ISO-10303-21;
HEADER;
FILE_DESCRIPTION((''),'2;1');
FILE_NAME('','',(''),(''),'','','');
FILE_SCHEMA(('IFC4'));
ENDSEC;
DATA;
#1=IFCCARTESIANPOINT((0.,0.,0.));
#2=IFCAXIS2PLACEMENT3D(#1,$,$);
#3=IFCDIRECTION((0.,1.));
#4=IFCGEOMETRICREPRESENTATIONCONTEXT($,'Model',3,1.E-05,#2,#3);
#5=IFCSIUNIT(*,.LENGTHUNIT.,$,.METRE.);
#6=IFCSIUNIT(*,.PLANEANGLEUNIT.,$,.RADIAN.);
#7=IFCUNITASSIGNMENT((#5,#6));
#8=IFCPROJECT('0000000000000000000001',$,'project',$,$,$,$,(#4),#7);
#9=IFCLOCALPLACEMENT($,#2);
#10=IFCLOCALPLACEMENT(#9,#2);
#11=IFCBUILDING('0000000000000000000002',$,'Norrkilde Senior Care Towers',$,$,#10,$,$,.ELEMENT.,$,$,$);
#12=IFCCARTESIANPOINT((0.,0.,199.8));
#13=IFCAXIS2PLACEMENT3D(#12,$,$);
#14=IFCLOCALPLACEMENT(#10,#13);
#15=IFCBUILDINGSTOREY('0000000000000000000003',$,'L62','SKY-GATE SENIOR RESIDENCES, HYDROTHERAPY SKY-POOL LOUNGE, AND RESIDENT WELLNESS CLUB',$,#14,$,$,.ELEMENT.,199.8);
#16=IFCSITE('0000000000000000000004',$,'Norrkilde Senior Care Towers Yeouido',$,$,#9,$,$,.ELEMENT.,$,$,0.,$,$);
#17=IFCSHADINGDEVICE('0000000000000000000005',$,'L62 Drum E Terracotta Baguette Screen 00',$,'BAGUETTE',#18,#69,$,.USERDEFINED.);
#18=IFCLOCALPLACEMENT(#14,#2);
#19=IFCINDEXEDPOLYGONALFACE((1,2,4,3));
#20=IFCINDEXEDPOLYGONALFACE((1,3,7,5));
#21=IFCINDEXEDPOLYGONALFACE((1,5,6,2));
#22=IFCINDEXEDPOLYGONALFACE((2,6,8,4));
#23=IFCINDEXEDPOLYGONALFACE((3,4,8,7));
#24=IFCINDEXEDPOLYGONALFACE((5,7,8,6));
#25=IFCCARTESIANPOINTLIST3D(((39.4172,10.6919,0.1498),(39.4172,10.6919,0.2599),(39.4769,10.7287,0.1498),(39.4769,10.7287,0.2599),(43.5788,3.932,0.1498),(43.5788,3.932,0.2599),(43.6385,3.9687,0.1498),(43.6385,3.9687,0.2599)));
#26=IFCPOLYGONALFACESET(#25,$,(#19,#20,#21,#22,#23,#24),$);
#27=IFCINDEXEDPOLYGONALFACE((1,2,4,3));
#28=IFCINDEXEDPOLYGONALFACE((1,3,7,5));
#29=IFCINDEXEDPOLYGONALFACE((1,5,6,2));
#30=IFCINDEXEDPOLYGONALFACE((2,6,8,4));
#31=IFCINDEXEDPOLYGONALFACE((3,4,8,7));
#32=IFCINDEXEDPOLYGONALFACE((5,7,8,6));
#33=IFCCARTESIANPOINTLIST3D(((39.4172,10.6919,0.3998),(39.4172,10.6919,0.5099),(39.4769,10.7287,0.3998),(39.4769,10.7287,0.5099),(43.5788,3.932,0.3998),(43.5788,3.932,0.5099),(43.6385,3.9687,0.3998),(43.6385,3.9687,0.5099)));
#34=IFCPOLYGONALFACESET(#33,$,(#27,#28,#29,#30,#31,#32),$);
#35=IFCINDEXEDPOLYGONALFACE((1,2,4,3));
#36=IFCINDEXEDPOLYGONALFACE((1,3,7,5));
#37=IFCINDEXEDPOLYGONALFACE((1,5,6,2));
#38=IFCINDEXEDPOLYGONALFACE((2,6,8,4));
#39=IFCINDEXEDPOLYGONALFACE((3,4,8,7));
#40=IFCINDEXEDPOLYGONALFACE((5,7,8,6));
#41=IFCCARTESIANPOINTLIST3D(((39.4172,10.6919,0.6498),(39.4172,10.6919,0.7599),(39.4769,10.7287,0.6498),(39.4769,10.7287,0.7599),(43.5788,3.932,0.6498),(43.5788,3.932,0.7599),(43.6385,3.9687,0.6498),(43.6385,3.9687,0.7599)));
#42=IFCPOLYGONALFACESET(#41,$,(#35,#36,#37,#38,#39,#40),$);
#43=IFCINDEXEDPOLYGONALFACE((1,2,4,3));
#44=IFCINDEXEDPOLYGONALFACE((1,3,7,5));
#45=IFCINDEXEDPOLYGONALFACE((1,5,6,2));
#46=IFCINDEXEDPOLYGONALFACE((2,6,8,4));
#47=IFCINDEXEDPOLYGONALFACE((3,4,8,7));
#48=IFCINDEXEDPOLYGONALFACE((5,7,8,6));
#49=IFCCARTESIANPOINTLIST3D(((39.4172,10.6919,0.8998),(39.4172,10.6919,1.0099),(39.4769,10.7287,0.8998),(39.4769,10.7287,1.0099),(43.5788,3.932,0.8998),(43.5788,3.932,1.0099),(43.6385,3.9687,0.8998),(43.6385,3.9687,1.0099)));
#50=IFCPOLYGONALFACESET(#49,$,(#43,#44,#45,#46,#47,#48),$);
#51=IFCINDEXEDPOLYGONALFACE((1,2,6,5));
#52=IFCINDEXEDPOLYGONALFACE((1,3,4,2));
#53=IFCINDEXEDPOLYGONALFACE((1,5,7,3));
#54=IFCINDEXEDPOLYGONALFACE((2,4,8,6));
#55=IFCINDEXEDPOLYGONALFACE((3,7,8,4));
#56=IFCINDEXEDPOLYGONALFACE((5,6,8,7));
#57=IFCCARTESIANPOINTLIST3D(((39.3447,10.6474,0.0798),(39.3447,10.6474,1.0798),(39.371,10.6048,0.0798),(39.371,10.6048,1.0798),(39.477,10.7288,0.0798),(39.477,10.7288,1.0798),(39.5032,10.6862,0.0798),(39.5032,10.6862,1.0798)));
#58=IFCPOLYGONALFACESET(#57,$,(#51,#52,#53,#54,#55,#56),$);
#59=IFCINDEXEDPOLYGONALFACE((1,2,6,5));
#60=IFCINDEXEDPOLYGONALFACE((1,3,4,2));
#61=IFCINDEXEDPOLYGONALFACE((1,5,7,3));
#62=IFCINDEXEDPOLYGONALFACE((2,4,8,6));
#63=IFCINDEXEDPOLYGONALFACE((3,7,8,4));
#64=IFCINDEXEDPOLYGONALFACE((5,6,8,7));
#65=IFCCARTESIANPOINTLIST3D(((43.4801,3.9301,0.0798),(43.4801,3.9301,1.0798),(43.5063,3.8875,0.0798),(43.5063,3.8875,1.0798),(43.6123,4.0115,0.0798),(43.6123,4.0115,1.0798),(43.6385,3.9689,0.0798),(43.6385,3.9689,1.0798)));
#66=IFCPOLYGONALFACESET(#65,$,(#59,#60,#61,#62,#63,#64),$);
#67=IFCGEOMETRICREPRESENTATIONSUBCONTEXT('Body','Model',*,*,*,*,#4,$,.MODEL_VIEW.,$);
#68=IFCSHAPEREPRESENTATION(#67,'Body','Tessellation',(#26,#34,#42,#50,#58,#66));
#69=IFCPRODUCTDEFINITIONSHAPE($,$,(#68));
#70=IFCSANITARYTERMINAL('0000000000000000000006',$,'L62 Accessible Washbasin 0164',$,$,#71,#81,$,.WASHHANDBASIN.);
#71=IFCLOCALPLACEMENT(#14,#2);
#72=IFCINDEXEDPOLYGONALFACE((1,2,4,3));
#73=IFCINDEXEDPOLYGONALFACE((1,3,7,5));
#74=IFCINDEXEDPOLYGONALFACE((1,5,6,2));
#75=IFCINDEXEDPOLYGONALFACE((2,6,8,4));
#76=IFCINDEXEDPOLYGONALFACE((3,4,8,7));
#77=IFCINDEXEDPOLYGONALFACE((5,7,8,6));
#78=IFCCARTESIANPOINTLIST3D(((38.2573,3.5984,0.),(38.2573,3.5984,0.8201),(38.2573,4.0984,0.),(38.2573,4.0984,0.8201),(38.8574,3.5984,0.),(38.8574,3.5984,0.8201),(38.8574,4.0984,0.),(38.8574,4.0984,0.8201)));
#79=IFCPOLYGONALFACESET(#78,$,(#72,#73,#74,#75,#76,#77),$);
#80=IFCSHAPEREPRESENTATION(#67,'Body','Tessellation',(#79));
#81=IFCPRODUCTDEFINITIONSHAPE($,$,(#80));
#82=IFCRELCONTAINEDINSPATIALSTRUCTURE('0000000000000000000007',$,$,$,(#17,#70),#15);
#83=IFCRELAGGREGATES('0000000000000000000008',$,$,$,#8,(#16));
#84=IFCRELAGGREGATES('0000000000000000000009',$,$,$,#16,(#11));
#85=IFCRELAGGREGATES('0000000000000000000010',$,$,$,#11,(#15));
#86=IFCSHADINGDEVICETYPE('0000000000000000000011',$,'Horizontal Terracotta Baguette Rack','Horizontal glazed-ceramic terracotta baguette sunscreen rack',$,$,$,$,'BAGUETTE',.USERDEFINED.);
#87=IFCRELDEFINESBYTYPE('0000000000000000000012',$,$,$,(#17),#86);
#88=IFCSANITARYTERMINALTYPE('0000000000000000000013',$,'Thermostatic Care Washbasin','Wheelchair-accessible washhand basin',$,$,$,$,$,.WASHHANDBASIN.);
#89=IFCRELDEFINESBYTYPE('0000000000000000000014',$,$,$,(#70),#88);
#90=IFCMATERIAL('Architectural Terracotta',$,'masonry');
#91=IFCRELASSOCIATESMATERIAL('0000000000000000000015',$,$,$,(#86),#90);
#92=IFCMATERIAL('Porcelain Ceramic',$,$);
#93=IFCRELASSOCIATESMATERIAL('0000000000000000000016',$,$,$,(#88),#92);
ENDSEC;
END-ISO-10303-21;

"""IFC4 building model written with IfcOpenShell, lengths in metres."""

from ifc_helpers import new_model, si_unit, direction, frame, origin, origin_2d, place, context, subcontext, project, spatial, rectangle, extrude, source, transform, mapped, material, type_object, type_shapes, element, save


model = new_model("IFC4")

# Units and contexts
model_context = context("Model", 3, precision=1e-05, world=origin(), true_north=direction((0.0, 1.0)))
body_context = subcontext(model_context, "Body", "Model", "MODEL_VIEW")
ifc_project = project(units=[si_unit("LENGTHUNIT", "METRE"), si_unit("PLANEANGLEUNIT", "RADIAN")], contexts=[model_context])

# Site, building, storey
site_placement = place(None, origin())
site = spatial("IfcSite", under=ifc_project, at=site_placement, Name="Norrkilde Senior Care Towers Yeouido", CompositionType="ELEMENT", RefElevation=0.0)
building_placement = place(site_placement, origin())
building = spatial("IfcBuilding", under=site, at=building_placement, Name="Norrkilde Senior Care Towers", CompositionType="ELEMENT")
storey_placement = place(building_placement, frame((0.0, 0.0, 199.8)))
storey = spatial("IfcBuildingStorey", under=building, at=storey_placement, Name="L62", Description="SKY-GATE SENIOR RESIDENCES, HYDROTHERAPY SKY-POOL LOUNGE, AND RESIDENT WELLNESS CLUB", CompositionType="ELEMENT", Elevation=199.8)

# Shading device
ifc_material_1 = material(Name="Architectural Terracotta", Category="masonry")
shading_device_type = type_object("IfcShadingDeviceType", Name="Horizontal Terracotta Baguette Rack", Description="Horizontal glazed-ceramic terracotta baguette sunscreen rack", ElementType="BAGUETTE", PredefinedType="USERDEFINED", material=ifc_material_1)
shared_shape_1 = source(origin(), body_context, "Body", "SweptSolid", [
    extrude(rectangle(XDim=0.0701, YDim=0.1101, at=origin_2d()), frame((0.0, 0.0901, 0.125), z_axis=(1.0, 0.0, 0.0), x_axis=(0.0, 1.0, 0.0)), (0.0, 0.0, 1.0), 7.9382),
    extrude(rectangle(XDim=0.0701, YDim=0.1101, at=origin_2d()), frame((0.0, 0.0901, 0.375), z_axis=(1.0, 0.0, 0.0), x_axis=(0.0, 1.0, 0.0)), (0.0, 0.0, 1.0), 7.9382),
    extrude(rectangle(XDim=0.0701, YDim=0.1101, at=origin_2d()), frame((0.0, 0.0901, 0.625), z_axis=(1.0, 0.0, 0.0), x_axis=(0.0, 1.0, 0.0)), (0.0, 0.0, 1.0), 7.9382),
    extrude(rectangle(XDim=0.0701, YDim=0.1101, at=origin_2d()), frame((0.0, 0.0901, 0.875), z_axis=(1.0, 0.0, 0.0), x_axis=(0.0, 1.0, 0.0)), (0.0, 0.0, 1.0), 7.9382),
    extrude(rectangle(XDim=0.05, YDim=0.1553, at=origin_2d()), frame((0.0249, 0.0476, 0.0)), (0.0, 0.0, 1.0), 1.0),
    extrude(rectangle(XDim=0.05, YDim=0.1553, at=origin_2d()), frame((7.9131, 0.0476, 0.0)), (0.0, 0.0, 1.0), 1.0),
])
type_shapes(shading_device_type, [shared_shape_1])
shading_device_placement = place(storey_placement, frame((39.3704, 10.6631, 0.0798), z_axis=(0.0, 0.0, 1.0), x_axis=(0.52425, -0.851576, 0.0)))
element("IfcShadingDevice", 1, at=shading_device_placement, inside=storey, type_object=shading_device_type, Name="L62 Drum E Terracotta Baguette Screen 00", ObjectType="BAGUETTE", PredefinedType="USERDEFINED", context=body_context, shape_type="MappedRepresentation", body=[
    mapped(shared_shape_1, transform((0.0, 0.0, 0.0), x_axis=(1.0, 0.0, 0.0), y_axis=(0.0, 1.0, 0.0), z_axis=(0.0, 0.0, 1.0), scale=1.0)),
])

# Sanitary terminal
ifc_material_2 = material(Name="Porcelain Ceramic")
sanitary_terminal_type = type_object("IfcSanitaryTerminalType", Name="Thermostatic Care Washbasin", Description="Wheelchair-accessible washhand basin", PredefinedType="WASHHANDBASIN", material=ifc_material_2)
shared_shape_2 = source(origin(), body_context, "Body", "SweptSolid", [
    extrude(rectangle(XDim=0.6001, YDim=0.5, at=origin_2d()), origin(), (0.0, 0.0, 1.0), 0.8201),
])
type_shapes(sanitary_terminal_type, [shared_shape_2])
sanitary_terminal_placement = place(storey_placement, frame((38.5574, 3.8484, 0.0), z_axis=(0.0, 0.0, 1.0), x_axis=(1.0, 0.0, 0.0)))
element("IfcSanitaryTerminal", 2, at=sanitary_terminal_placement, inside=storey, type_object=sanitary_terminal_type, Name="L62 Accessible Washbasin 0164", PredefinedType="WASHHANDBASIN", context=body_context, shape_type="MappedRepresentation", body=[
    mapped(shared_shape_2, transform((0.0, 0.0, 0.0), x_axis=(1.0, 0.0, 0.0), y_axis=(0.0, 1.0, 0.0), z_axis=(0.0, 0.0, 1.0), scale=1.0)),
])

save(model, "model.ifc")
